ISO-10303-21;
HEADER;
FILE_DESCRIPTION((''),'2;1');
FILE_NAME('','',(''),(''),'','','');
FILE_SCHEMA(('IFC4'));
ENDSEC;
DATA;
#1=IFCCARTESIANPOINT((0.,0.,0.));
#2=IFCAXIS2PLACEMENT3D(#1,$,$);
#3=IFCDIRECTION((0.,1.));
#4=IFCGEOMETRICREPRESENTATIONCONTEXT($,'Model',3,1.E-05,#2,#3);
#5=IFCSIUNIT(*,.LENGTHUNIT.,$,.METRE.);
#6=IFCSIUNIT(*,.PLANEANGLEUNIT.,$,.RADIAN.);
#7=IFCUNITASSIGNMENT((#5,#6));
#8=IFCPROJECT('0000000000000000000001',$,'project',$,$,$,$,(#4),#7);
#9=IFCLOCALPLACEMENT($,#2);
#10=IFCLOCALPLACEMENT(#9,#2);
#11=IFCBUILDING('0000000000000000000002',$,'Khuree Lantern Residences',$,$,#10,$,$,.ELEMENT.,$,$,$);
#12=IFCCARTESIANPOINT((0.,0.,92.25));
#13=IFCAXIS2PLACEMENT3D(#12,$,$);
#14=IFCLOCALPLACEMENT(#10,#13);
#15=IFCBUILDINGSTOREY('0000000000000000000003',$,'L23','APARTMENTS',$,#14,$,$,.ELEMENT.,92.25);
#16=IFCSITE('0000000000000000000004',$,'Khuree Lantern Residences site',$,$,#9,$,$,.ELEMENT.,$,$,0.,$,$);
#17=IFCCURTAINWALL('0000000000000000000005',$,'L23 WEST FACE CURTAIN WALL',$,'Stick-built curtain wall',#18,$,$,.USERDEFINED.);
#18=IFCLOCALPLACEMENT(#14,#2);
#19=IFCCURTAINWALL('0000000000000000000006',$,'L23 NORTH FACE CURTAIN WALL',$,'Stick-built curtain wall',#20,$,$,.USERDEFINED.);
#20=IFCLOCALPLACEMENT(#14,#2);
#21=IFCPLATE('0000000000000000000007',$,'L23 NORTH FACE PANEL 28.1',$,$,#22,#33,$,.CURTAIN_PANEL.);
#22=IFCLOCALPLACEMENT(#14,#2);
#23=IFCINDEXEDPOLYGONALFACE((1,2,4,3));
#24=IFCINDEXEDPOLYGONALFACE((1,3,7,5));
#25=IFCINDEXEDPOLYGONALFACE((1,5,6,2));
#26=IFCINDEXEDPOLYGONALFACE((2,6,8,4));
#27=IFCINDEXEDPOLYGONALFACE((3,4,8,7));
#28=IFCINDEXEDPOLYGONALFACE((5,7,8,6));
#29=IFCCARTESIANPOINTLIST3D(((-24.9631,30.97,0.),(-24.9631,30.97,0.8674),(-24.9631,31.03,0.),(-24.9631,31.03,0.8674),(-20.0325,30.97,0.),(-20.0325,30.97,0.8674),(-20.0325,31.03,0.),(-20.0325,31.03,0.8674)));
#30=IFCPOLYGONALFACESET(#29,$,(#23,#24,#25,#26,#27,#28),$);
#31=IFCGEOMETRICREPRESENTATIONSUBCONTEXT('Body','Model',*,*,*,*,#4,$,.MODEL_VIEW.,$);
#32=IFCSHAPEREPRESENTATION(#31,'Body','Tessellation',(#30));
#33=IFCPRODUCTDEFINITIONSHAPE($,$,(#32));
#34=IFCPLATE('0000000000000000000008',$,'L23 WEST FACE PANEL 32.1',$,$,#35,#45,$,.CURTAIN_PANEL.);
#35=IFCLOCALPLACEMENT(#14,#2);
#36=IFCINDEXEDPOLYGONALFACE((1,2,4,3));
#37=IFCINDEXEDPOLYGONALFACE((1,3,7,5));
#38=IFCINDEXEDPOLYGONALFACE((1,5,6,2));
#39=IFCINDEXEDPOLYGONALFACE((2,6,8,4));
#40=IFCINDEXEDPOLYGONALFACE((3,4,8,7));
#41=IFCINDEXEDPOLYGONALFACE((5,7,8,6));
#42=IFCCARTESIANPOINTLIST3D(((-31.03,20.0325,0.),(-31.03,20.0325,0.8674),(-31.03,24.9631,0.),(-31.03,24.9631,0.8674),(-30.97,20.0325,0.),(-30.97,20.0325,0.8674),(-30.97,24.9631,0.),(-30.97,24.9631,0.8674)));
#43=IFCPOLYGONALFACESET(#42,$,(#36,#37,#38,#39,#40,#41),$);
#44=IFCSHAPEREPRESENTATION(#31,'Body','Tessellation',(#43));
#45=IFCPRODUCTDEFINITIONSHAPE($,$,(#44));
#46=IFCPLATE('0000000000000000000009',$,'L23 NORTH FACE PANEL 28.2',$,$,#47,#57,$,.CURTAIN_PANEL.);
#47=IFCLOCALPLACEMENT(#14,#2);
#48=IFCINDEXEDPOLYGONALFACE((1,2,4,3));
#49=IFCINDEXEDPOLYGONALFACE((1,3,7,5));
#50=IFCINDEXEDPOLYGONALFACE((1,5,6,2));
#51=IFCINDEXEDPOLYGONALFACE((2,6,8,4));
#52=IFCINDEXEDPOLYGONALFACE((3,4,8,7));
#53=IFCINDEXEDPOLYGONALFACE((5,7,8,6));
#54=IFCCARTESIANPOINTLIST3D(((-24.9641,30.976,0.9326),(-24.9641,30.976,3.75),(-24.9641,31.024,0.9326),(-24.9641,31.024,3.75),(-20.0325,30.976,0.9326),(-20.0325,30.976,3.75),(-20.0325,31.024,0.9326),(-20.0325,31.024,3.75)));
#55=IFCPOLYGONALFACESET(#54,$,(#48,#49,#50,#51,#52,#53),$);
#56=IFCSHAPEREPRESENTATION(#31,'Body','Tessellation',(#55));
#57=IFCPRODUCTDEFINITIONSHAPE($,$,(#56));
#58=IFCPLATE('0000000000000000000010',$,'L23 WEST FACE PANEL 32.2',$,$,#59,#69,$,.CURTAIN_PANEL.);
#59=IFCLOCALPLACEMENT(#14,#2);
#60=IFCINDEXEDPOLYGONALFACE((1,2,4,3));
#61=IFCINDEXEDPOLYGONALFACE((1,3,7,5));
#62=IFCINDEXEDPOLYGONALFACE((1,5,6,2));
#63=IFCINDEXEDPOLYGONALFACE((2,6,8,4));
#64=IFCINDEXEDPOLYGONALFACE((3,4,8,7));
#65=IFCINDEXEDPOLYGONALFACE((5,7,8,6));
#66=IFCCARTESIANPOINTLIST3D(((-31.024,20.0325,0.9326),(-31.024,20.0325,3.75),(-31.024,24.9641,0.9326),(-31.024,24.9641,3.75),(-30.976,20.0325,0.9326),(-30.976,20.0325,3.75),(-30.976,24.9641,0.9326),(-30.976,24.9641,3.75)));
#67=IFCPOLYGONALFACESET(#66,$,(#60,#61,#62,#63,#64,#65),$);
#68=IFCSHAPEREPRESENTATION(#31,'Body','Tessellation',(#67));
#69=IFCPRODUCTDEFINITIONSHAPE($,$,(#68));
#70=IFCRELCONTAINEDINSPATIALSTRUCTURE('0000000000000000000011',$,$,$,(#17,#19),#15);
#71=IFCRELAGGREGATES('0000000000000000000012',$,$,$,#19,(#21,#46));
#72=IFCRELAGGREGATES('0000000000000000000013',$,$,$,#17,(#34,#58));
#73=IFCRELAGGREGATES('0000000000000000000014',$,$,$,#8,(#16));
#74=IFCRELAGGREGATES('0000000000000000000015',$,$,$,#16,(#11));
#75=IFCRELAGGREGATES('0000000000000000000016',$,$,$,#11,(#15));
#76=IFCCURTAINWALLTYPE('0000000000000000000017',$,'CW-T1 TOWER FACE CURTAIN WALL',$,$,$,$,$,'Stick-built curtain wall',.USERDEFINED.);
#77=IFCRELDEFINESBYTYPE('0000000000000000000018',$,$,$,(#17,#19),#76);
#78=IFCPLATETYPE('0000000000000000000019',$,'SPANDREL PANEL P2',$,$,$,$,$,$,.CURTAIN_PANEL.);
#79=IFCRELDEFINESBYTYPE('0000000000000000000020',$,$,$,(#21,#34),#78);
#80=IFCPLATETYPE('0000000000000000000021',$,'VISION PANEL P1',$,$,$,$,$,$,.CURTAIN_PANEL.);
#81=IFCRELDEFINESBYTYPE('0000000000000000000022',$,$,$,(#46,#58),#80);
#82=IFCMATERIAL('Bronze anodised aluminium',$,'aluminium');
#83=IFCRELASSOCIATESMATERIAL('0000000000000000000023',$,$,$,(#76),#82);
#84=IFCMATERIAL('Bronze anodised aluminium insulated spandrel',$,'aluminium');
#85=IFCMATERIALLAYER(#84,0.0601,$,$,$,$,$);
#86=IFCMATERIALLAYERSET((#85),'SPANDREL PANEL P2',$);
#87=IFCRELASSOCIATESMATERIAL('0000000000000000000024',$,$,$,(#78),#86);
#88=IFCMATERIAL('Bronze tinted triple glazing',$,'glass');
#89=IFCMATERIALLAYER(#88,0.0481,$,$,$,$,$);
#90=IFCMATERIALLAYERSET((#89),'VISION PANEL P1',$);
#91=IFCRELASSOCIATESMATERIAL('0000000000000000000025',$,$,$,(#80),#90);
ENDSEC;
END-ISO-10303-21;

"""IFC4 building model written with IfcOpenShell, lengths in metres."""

from ifc_helpers import new_model, si_unit, direction, frame, origin, origin_2d, place, context, subcontext, project, spatial, rectangle, extrude, material, layer, layer_set, type_object, element, aggregate, save


model = new_model("IFC4")

# Units and contexts
model_context = context("Model", 3, precision=1e-05, world=origin(), true_north=direction((0.0, 1.0)))
body_context = subcontext(model_context, "Body", "Model", "MODEL_VIEW")
ifc_project = project(units=[si_unit("LENGTHUNIT", "METRE"), si_unit("PLANEANGLEUNIT", "RADIAN")], contexts=[model_context])

# Site, building, storey
site_placement = place(None, origin())
site = spatial("IfcSite", under=ifc_project, at=site_placement, Name="Khuree Lantern Residences site", CompositionType="ELEMENT", RefElevation=0.0)
building_placement = place(site_placement, origin())
building = spatial("IfcBuilding", under=site, at=building_placement, Name="Khuree Lantern Residences", CompositionType="ELEMENT")
storey_placement = place(building_placement, frame((0.0, 0.0, 92.25)))
storey = spatial("IfcBuildingStorey", under=building, at=storey_placement, Name="L23", Description="APARTMENTS", CompositionType="ELEMENT", Elevation=92.25)

# Curtain wall
ifc_material_1 = material(Name="Bronze anodised aluminium", Category="aluminium")
curtain_wall_type_1 = type_object("IfcCurtainWallType", Name="CW-T1 TOWER FACE CURTAIN WALL", ElementType="Stick-built curtain wall", PredefinedType="USERDEFINED", material=ifc_material_1)
curtain_wall_1_placement = place(storey_placement, origin())
curtain_wall_1 = element("IfcCurtainWall", 1, at=curtain_wall_1_placement, inside=storey, type_object=curtain_wall_type_1, Name="L23 WEST FACE CURTAIN WALL", ObjectType="Stick-built curtain wall", PredefinedType="USERDEFINED")

# Curtain wall
curtain_wall_2_placement = place(storey_placement, origin())
curtain_wall_2 = element("IfcCurtainWall", 2, at=curtain_wall_2_placement, inside=storey, type_object=curtain_wall_type_1, Name="L23 NORTH FACE CURTAIN WALL", ObjectType="Stick-built curtain wall", PredefinedType="USERDEFINED")

# Plates
ifc_material_2 = material(Name="Bronze tinted triple glazing", Category="glass")
ifc_material_3 = material(Name="Bronze anodised aluminium insulated spandrel", Category="aluminium")
ifc_layer_1 = layer(ifc_material_3, 0.0601)
ifc_layer_set_1 = layer_set([ifc_layer_1], Name="SPANDREL PANEL P2")
plate_type_1 = type_object("IfcPlateType", Name="SPANDREL PANEL P2", PredefinedType="CURTAIN_PANEL", material=ifc_layer_set_1)
plate_1_placement = place(storey_placement, frame((-22.4978, 31.0, 0.0), z_axis=(0.0, 0.0, 1.0), x_axis=(-1.0, 0.0, 0.0)))
plate_1 = element("IfcPlate", 3, at=plate_1_placement, type_object=plate_type_1, Name="L23 NORTH FACE PANEL 28.1", PredefinedType="CURTAIN_PANEL", context=body_context, shape_type="SweptSolid", body=[
    extrude(rectangle(XDim=4.9307, YDim=0.0601, at=origin_2d()), origin(), (0.0, 0.0, 1.0), 0.8674),
])
plate_2_placement = place(storey_placement, frame((-31.0, 22.4978, 0.0), z_axis=(0.0, 0.0, 1.0), x_axis=(0.0, -1.0, 0.0)))
plate_2 = element("IfcPlate", 4, at=plate_2_placement, type_object=plate_type_1, Name="L23 WEST FACE PANEL 32.1", PredefinedType="CURTAIN_PANEL", context=body_context, shape_type="SweptSolid", body=[
    extrude(rectangle(XDim=4.9307, YDim=0.0601, at=origin_2d()), origin(), (0.0, 0.0, 1.0), 0.8674),
])
ifc_layer_2 = layer(ifc_material_2, 0.0481)
ifc_layer_set_2 = layer_set([ifc_layer_2], Name="VISION PANEL P1")
plate_type_2 = type_object("IfcPlateType", Name="VISION PANEL P1", PredefinedType="CURTAIN_PANEL", material=ifc_layer_set_2)
plate_3_placement = place(storey_placement, frame((-22.4983, 31.0, 0.9326), z_axis=(0.0, 0.0, 1.0), x_axis=(-1.0, 0.0, 0.0)))
plate_3 = element("IfcPlate", 5, at=plate_3_placement, type_object=plate_type_2, Name="L23 NORTH FACE PANEL 28.2", PredefinedType="CURTAIN_PANEL", context=body_context, shape_type="SweptSolid", body=[
    extrude(rectangle(XDim=4.9316, YDim=0.0481, at=origin_2d()), origin(), (0.0, 0.0, 1.0), 2.8174),
])
aggregate(curtain_wall_2, [plate_1, plate_3])
plate_4_placement = place(storey_placement, frame((-31.0, 22.4983, 0.9326), z_axis=(0.0, 0.0, 1.0), x_axis=(0.0, -1.0, 0.0)))
plate_4 = element("IfcPlate", 6, at=plate_4_placement, type_object=plate_type_2, Name="L23 WEST FACE PANEL 32.2", PredefinedType="CURTAIN_PANEL", context=body_context, shape_type="SweptSolid", body=[
    extrude(rectangle(XDim=4.9316, YDim=0.0481, at=origin_2d()), origin(), (0.0, 0.0, 1.0), 2.8174),
])
aggregate(curtain_wall_1, [plate_2, plate_4])

save(model, "model.ifc")
